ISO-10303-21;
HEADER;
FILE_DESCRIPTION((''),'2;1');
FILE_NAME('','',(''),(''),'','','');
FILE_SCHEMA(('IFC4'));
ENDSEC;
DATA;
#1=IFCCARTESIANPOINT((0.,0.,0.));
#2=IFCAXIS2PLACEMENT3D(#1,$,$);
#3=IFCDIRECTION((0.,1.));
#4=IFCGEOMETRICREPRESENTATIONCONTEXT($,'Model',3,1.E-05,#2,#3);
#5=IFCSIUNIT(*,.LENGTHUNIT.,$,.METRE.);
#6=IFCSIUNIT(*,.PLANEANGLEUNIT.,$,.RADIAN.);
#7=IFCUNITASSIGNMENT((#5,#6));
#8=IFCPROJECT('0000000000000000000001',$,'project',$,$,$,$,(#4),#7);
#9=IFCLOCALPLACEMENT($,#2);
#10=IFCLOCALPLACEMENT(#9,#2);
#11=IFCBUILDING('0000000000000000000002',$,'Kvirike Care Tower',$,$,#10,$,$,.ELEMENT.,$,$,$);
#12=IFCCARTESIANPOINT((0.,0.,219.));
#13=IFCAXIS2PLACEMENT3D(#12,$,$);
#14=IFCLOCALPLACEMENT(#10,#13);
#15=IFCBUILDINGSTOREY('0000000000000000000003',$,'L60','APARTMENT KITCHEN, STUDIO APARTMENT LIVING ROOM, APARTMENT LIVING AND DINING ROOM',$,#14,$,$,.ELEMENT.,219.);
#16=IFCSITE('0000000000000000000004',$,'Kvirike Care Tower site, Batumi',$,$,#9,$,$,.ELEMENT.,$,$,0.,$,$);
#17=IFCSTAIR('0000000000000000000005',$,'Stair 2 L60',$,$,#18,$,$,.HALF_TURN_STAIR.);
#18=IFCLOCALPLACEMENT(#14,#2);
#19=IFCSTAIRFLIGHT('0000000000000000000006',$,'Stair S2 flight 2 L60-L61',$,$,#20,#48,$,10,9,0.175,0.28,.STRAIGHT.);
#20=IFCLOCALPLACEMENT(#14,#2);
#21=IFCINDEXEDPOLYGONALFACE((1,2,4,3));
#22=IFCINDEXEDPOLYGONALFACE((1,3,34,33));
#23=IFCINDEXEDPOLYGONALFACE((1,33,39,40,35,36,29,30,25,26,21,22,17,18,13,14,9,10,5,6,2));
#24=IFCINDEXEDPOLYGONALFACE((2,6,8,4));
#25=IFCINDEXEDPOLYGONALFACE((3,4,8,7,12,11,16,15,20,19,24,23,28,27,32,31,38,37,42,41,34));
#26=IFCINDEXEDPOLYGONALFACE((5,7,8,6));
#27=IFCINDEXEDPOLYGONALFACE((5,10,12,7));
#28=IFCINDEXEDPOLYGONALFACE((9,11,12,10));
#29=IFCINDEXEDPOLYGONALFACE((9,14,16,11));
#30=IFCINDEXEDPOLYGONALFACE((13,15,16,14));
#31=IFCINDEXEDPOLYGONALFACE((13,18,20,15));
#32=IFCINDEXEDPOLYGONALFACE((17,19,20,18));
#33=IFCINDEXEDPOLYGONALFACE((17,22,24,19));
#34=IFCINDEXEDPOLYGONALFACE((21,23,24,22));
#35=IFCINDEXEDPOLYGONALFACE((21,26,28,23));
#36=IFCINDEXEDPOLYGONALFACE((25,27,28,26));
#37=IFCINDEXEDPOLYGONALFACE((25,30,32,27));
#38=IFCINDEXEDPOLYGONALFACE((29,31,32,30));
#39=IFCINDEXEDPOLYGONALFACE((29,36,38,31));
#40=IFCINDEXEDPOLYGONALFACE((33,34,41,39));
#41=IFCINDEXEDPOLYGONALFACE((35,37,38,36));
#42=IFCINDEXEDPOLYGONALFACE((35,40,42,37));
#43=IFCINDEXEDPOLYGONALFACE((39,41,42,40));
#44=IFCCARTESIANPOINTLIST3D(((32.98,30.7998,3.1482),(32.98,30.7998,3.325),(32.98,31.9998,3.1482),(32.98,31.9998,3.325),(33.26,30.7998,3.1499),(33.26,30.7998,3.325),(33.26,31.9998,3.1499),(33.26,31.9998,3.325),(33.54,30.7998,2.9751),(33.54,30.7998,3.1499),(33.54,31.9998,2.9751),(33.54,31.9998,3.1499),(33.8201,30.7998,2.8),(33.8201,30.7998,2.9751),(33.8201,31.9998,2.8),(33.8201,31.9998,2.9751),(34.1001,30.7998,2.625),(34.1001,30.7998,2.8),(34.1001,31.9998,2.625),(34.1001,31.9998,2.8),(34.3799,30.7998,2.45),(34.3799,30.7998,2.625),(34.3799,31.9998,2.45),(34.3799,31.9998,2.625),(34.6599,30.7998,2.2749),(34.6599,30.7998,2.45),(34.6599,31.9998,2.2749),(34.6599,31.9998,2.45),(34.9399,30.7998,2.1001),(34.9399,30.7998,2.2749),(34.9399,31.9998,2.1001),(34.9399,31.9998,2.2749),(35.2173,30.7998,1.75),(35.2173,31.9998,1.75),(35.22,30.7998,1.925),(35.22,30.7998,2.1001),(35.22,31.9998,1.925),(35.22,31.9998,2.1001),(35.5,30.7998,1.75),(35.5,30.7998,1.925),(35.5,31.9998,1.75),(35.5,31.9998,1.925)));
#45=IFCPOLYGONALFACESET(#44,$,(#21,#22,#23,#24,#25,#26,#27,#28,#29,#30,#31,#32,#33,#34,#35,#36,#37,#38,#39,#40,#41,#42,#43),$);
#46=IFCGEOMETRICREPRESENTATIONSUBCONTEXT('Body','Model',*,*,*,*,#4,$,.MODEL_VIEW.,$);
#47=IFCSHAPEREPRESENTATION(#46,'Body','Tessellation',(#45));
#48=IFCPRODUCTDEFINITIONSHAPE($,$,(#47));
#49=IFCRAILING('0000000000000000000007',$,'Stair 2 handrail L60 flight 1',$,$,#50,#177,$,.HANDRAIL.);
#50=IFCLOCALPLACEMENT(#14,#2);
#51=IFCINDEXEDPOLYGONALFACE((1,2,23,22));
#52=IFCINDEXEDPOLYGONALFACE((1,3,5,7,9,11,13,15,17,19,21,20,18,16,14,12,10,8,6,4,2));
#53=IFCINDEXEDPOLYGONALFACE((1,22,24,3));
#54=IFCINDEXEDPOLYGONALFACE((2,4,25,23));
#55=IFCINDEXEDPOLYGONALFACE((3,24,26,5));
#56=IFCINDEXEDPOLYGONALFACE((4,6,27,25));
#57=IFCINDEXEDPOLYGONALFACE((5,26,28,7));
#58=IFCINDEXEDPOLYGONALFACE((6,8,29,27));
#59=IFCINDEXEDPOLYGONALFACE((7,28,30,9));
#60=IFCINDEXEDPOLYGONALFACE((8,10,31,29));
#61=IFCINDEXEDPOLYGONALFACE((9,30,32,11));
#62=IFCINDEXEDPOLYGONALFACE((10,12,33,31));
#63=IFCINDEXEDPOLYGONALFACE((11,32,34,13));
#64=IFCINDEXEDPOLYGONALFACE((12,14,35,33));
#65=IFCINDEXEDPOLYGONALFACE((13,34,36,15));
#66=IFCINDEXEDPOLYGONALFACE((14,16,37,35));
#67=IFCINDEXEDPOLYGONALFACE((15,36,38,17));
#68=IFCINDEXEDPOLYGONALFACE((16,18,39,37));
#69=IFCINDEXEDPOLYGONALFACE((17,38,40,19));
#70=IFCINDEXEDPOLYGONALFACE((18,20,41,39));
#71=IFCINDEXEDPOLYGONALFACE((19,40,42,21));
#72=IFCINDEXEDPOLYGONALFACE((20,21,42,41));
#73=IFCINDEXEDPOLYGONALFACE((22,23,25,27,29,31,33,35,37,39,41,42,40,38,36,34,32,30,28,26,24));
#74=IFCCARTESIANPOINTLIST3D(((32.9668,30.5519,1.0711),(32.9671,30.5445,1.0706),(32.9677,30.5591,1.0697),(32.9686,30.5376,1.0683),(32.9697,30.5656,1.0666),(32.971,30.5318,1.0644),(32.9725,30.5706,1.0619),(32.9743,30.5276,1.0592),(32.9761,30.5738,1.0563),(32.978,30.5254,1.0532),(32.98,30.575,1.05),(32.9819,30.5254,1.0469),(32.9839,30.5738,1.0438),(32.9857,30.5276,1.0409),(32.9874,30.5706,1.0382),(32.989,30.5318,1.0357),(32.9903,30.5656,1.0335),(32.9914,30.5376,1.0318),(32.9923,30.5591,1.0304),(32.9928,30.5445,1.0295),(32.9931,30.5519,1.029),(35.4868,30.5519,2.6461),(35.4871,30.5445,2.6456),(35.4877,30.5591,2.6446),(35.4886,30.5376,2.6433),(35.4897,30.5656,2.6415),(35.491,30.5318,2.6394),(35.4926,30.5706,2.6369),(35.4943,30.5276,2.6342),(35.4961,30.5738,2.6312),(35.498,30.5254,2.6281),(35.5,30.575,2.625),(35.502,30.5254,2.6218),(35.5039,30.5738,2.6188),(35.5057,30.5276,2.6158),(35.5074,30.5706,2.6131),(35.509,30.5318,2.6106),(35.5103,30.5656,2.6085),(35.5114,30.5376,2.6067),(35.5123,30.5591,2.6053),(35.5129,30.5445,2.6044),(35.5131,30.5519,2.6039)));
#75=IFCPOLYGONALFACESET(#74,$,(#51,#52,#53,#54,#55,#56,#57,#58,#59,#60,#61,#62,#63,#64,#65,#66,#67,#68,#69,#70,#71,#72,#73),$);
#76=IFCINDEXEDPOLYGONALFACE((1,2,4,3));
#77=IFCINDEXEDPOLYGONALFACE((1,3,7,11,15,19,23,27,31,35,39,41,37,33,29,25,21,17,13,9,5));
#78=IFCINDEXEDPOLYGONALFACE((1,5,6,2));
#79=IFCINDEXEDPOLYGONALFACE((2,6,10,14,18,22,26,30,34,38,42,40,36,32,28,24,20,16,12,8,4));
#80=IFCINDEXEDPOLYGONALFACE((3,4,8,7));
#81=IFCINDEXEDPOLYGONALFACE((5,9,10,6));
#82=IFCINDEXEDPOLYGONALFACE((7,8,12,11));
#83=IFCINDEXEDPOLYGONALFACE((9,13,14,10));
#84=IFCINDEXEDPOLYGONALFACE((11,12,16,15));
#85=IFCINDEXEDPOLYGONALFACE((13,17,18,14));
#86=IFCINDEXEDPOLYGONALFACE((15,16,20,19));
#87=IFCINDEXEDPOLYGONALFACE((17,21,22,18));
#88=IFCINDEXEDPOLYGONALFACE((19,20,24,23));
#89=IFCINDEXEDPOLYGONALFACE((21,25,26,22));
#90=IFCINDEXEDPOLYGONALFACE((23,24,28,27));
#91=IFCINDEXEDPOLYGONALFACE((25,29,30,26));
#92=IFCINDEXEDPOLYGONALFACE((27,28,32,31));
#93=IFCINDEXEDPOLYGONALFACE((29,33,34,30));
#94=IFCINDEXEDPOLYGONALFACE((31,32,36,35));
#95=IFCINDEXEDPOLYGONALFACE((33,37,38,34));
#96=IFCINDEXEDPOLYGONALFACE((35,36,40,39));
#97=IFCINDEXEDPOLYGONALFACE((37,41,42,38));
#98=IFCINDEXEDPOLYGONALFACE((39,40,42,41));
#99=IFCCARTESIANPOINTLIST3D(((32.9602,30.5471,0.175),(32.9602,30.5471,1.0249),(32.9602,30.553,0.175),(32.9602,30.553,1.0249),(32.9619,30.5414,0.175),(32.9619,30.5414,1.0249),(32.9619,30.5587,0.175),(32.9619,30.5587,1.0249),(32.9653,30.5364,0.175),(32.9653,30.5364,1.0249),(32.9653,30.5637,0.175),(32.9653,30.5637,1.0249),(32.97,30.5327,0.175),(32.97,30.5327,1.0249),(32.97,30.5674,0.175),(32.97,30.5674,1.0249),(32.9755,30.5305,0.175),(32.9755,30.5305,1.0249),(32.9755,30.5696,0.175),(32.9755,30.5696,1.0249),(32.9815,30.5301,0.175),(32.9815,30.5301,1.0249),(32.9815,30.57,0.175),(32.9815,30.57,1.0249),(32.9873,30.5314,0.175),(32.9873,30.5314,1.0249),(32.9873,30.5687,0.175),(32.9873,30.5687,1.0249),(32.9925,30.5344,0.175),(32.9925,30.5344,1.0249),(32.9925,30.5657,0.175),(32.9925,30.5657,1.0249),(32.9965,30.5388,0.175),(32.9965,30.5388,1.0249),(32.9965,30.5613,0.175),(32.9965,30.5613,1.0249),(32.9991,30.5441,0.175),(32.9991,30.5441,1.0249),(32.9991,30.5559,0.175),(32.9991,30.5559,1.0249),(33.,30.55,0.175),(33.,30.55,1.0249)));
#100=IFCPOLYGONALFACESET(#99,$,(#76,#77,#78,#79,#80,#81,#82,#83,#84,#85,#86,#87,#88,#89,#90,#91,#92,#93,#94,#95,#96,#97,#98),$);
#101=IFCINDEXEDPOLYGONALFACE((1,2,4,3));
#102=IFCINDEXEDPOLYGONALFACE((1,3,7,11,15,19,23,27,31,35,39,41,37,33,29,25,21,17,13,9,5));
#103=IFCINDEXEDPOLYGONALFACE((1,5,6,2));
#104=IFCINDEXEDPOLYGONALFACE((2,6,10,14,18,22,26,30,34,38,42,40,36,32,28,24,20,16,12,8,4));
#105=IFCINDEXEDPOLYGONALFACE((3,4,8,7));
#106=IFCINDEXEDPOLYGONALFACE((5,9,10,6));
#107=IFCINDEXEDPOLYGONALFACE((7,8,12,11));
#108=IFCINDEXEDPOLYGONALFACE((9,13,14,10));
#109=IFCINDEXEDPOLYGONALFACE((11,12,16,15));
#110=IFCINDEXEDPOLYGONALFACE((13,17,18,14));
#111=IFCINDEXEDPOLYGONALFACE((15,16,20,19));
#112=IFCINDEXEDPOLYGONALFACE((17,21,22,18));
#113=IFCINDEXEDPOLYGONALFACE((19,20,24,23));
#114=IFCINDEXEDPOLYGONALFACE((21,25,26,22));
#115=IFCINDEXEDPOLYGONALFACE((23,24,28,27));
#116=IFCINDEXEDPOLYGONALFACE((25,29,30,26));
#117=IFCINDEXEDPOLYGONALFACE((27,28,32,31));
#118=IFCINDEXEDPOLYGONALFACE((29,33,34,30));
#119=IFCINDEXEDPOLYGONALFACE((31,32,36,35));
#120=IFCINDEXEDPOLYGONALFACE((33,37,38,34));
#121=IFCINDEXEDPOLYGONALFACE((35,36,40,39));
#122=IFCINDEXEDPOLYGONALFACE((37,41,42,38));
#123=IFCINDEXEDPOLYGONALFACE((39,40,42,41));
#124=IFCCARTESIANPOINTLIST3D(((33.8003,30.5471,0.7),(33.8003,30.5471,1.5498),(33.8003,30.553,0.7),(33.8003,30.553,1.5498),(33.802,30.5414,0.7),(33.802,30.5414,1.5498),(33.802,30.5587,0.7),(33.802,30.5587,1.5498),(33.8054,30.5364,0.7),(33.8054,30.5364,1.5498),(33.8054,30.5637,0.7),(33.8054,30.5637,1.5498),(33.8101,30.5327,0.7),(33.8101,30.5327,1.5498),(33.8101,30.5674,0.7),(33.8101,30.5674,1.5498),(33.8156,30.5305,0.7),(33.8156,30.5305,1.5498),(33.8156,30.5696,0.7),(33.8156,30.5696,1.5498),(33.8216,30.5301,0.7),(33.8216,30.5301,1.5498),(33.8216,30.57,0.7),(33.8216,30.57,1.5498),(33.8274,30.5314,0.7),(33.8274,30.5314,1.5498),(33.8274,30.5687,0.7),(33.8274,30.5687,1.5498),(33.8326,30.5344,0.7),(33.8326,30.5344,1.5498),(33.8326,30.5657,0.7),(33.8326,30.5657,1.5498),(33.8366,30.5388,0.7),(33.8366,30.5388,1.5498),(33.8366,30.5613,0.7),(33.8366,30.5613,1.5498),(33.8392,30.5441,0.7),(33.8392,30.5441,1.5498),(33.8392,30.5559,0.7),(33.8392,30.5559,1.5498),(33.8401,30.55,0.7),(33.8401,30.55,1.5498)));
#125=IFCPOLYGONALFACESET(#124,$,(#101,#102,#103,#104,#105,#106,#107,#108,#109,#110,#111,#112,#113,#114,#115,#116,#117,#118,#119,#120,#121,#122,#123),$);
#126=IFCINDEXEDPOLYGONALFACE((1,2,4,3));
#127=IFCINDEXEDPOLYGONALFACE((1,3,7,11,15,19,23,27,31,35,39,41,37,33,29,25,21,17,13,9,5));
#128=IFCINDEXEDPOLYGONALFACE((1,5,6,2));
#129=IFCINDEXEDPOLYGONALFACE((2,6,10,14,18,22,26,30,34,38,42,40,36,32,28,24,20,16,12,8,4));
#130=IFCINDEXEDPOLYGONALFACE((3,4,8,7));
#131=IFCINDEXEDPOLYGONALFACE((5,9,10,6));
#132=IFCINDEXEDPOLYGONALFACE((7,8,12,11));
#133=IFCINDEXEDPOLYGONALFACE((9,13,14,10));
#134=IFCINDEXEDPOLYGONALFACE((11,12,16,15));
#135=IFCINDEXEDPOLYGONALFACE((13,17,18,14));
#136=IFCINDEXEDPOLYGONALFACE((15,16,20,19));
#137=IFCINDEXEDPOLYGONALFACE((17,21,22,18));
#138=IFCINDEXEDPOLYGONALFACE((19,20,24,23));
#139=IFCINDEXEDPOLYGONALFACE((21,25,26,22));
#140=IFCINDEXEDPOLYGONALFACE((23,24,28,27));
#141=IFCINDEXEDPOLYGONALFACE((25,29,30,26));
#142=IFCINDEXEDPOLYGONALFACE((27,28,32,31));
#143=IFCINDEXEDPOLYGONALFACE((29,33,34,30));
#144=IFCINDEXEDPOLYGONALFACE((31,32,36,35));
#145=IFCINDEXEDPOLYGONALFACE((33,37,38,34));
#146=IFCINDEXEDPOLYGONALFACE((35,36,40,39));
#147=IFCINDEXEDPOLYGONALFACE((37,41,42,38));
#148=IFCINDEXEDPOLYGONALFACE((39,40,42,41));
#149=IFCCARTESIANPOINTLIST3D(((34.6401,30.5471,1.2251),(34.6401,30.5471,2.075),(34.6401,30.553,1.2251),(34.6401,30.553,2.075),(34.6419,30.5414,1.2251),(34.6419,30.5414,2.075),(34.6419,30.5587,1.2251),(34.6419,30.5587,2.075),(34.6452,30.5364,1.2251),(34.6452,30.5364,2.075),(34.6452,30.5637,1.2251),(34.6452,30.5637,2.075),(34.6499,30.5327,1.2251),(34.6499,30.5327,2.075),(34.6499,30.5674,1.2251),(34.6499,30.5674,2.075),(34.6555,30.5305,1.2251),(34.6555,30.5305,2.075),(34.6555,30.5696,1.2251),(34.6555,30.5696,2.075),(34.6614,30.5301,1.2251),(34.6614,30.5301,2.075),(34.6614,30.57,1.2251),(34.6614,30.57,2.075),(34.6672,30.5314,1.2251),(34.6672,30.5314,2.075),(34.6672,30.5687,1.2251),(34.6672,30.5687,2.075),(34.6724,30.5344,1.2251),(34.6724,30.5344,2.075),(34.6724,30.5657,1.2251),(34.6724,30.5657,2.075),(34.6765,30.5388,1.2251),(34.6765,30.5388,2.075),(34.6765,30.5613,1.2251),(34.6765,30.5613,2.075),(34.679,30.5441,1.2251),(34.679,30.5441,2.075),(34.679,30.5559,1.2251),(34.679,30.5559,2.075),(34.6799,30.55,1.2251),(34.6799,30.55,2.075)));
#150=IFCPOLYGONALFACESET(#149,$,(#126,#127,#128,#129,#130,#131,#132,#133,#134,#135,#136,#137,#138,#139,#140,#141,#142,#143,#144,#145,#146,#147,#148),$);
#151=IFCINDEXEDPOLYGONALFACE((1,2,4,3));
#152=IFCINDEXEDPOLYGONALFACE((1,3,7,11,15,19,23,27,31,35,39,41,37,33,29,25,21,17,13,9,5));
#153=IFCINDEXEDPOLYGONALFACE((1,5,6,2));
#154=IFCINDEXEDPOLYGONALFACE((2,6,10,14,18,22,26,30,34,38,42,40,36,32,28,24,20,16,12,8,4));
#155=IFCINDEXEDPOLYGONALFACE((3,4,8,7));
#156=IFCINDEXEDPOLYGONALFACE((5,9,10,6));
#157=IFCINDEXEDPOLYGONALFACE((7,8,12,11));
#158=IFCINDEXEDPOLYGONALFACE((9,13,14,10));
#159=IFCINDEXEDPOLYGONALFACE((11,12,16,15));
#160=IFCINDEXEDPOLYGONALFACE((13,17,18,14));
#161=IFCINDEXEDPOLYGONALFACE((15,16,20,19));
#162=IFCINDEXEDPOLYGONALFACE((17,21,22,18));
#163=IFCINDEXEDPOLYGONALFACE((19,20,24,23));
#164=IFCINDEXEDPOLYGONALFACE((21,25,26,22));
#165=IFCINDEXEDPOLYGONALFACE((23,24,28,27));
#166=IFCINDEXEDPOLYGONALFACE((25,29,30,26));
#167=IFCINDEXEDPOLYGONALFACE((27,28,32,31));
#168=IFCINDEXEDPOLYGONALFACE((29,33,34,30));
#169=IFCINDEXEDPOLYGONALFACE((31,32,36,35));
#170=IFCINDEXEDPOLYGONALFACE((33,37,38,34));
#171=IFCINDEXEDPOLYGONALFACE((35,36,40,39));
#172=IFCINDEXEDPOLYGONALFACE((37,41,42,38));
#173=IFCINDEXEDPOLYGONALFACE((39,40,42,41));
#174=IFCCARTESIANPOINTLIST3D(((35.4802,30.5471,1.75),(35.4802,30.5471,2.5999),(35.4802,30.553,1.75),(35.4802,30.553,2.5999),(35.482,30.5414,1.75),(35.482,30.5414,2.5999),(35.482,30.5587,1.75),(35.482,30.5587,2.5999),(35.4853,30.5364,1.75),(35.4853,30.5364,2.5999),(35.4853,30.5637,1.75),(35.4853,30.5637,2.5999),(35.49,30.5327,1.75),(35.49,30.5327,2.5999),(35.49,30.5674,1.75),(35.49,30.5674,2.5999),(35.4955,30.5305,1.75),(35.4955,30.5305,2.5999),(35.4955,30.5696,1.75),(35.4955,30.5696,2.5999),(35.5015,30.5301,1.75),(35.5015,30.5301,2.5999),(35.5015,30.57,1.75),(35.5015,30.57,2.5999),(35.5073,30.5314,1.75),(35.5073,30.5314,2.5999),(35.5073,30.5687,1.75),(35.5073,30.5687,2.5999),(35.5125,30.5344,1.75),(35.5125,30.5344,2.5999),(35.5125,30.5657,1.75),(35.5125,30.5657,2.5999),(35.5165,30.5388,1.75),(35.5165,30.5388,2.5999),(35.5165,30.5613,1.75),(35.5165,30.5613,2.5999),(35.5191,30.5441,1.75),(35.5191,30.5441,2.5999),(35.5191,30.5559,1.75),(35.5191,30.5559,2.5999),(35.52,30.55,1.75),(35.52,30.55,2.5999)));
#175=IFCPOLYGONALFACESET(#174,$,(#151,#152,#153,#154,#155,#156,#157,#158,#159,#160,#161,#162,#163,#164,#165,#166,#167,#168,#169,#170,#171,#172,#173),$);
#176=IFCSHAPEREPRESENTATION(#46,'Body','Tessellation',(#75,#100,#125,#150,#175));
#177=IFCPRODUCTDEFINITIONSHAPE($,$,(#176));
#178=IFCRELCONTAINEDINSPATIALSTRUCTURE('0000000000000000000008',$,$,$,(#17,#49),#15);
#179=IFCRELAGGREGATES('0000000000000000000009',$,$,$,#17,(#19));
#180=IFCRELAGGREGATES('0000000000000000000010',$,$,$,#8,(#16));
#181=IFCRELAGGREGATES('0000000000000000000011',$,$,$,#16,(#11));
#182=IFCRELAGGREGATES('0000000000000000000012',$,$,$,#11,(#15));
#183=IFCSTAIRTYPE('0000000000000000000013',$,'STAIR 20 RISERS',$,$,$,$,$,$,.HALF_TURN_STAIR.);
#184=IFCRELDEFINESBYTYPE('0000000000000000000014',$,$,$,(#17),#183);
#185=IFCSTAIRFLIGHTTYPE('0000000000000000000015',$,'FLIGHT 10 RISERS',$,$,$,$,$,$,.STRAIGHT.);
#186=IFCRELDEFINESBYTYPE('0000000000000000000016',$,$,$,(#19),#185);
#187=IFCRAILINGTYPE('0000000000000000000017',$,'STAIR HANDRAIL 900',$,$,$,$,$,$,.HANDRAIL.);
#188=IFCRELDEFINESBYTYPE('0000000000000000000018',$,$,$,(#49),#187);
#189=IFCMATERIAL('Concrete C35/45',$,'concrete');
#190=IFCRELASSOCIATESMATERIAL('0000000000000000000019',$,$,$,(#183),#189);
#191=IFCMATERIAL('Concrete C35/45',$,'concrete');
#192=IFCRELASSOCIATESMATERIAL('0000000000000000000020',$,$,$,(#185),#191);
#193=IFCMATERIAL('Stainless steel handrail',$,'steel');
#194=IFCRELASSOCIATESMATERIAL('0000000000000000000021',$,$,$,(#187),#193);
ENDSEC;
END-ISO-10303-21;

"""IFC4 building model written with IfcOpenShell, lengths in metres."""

from ifc_helpers import new_model, si_unit, direction, frame, origin, origin_2d, place, context, subcontext, project, spatial, polyline, circle, outline, extrude, material, type_object, element, aggregate, save


model = new_model("IFC4")

# Units and contexts
model_context = context("Model", 3, precision=1e-05, world=origin(), true_north=direction((0.0, 1.0)))
body_context = subcontext(model_context, "Body", "Model", "MODEL_VIEW")
ifc_project = project(units=[si_unit("LENGTHUNIT", "METRE"), si_unit("PLANEANGLEUNIT", "RADIAN")], contexts=[model_context])

# Site, building, storey
site_placement = place(None, origin())
site = spatial("IfcSite", under=ifc_project, at=site_placement, Name="Kvirike Care Tower site, Batumi", CompositionType="ELEMENT", RefElevation=0.0)
building_placement = place(site_placement, origin())
building = spatial("IfcBuilding", under=site, at=building_placement, Name="Kvirike Care Tower", CompositionType="ELEMENT")
storey_placement = place(building_placement, frame((0.0, 0.0, 219.0)))
storey = spatial("IfcBuildingStorey", under=building, at=storey_placement, Name="L60", Description="APARTMENT KITCHEN, STUDIO APARTMENT LIVING ROOM, APARTMENT LIVING AND DINING ROOM", CompositionType="ELEMENT", Elevation=219.0)

# Stair, stair flight
ifc_material_1 = material(Name="Concrete C35/45", Category="concrete")
stair_type = type_object("IfcStairType", Name="STAIR 20 RISERS", PredefinedType="HALF_TURN_STAIR", material=ifc_material_1)
stair_placement = place(storey_placement, origin())
stair = element("IfcStair", 1, at=stair_placement, inside=storey, type_object=stair_type, Name="Stair 2 L60", PredefinedType="HALF_TURN_STAIR")
ifc_material_2 = material(Name="Concrete C35/45", Category="concrete")
stair_flight_type = type_object("IfcStairFlightType", Name="FLIGHT 10 RISERS", PredefinedType="STRAIGHT", material=ifc_material_2)
stair_flight_1_placement = place(storey_placement, frame((35.5, 31.3999, 1.75), z_axis=(0.0, 0.0, 1.0), x_axis=(-1.0, 0.0, 0.0)))
stair_flight_1 = element("IfcStairFlight", 2, at=stair_flight_1_placement, type_object=stair_flight_type, Name="Stair S2 flight 2 L60-L61", NumberOfRisers=10, NumberOfTreads=9, PredefinedType="STRAIGHT", RiserHeight=0.175, TreadLength=0.28, context=body_context, shape_type="SweptSolid", body=[
    extrude(outline(polyline([(0.0, 0.0), (0.0, 0.175), (0.28, 0.175), (0.28, 0.3501), (0.5601, 0.3501), (0.5601, 0.5249), (0.8401, 0.5249), (0.8401, 0.7), (1.1201, 0.7), (1.1201, 0.875), (1.3999, 0.875), (1.3999, 1.05), (1.6799, 1.05), (1.6799, 1.2251), (1.96, 1.2251), (1.96, 1.3999), (2.24, 1.3999), (2.24, 1.575), (2.52, 1.575), (2.52, 1.75), (2.52, 1.3982), (0.2827, 0.0), (0.0, 0.0)])), frame((0.0, 0.6001, 0.0), z_axis=(0.0, -1.0, 0.0), x_axis=(1.0, 0.0, 0.0)), (0.0, 0.0, 1.0), 1.2),
])
aggregate(stair, [stair_flight_1])

# Railing
ifc_material_3 = material(Name="Stainless steel handrail", Category="steel")
railing_type = type_object("IfcRailingType", Name="STAIR HANDRAIL 900", PredefinedType="HANDRAIL", material=ifc_material_3)
railing_1_placement = place(storey_placement, frame((32.98, 30.55, 0.175)))
element("IfcRailing", 3, at=railing_1_placement, inside=storey, type_object=railing_type, Name="Stair 2 handrail L60 flight 1", PredefinedType="HANDRAIL", context=body_context, shape_type="SweptSolid", body=[
    extrude(circle(Radius=0.0249, at=origin_2d()), frame((0.0, 0.0, 0.875), z_axis=(0.848008, 0.0, 0.529984), x_axis=(0.0, 1.0, 0.0)), (0.0, 0.0, 1.0), 2.9717),
    extrude(circle(Radius=0.02, at=origin_2d()), origin(), (0.0, 0.0, 1.0), 0.8499),
    extrude(circle(Radius=0.02, at=origin_2d()), frame((0.8401, 0.0, 0.5249)), (0.0, 0.0, 1.0), 0.8499),
    extrude(circle(Radius=0.02, at=origin_2d()), frame((1.6799, 0.0, 1.05)), (0.0, 0.0, 1.0), 0.8499),
    extrude(circle(Radius=0.02, at=origin_2d()), frame((2.52, 0.0, 1.575)), (0.0, 0.0, 1.0), 0.8499),
])

save(model, "model.ifc")
